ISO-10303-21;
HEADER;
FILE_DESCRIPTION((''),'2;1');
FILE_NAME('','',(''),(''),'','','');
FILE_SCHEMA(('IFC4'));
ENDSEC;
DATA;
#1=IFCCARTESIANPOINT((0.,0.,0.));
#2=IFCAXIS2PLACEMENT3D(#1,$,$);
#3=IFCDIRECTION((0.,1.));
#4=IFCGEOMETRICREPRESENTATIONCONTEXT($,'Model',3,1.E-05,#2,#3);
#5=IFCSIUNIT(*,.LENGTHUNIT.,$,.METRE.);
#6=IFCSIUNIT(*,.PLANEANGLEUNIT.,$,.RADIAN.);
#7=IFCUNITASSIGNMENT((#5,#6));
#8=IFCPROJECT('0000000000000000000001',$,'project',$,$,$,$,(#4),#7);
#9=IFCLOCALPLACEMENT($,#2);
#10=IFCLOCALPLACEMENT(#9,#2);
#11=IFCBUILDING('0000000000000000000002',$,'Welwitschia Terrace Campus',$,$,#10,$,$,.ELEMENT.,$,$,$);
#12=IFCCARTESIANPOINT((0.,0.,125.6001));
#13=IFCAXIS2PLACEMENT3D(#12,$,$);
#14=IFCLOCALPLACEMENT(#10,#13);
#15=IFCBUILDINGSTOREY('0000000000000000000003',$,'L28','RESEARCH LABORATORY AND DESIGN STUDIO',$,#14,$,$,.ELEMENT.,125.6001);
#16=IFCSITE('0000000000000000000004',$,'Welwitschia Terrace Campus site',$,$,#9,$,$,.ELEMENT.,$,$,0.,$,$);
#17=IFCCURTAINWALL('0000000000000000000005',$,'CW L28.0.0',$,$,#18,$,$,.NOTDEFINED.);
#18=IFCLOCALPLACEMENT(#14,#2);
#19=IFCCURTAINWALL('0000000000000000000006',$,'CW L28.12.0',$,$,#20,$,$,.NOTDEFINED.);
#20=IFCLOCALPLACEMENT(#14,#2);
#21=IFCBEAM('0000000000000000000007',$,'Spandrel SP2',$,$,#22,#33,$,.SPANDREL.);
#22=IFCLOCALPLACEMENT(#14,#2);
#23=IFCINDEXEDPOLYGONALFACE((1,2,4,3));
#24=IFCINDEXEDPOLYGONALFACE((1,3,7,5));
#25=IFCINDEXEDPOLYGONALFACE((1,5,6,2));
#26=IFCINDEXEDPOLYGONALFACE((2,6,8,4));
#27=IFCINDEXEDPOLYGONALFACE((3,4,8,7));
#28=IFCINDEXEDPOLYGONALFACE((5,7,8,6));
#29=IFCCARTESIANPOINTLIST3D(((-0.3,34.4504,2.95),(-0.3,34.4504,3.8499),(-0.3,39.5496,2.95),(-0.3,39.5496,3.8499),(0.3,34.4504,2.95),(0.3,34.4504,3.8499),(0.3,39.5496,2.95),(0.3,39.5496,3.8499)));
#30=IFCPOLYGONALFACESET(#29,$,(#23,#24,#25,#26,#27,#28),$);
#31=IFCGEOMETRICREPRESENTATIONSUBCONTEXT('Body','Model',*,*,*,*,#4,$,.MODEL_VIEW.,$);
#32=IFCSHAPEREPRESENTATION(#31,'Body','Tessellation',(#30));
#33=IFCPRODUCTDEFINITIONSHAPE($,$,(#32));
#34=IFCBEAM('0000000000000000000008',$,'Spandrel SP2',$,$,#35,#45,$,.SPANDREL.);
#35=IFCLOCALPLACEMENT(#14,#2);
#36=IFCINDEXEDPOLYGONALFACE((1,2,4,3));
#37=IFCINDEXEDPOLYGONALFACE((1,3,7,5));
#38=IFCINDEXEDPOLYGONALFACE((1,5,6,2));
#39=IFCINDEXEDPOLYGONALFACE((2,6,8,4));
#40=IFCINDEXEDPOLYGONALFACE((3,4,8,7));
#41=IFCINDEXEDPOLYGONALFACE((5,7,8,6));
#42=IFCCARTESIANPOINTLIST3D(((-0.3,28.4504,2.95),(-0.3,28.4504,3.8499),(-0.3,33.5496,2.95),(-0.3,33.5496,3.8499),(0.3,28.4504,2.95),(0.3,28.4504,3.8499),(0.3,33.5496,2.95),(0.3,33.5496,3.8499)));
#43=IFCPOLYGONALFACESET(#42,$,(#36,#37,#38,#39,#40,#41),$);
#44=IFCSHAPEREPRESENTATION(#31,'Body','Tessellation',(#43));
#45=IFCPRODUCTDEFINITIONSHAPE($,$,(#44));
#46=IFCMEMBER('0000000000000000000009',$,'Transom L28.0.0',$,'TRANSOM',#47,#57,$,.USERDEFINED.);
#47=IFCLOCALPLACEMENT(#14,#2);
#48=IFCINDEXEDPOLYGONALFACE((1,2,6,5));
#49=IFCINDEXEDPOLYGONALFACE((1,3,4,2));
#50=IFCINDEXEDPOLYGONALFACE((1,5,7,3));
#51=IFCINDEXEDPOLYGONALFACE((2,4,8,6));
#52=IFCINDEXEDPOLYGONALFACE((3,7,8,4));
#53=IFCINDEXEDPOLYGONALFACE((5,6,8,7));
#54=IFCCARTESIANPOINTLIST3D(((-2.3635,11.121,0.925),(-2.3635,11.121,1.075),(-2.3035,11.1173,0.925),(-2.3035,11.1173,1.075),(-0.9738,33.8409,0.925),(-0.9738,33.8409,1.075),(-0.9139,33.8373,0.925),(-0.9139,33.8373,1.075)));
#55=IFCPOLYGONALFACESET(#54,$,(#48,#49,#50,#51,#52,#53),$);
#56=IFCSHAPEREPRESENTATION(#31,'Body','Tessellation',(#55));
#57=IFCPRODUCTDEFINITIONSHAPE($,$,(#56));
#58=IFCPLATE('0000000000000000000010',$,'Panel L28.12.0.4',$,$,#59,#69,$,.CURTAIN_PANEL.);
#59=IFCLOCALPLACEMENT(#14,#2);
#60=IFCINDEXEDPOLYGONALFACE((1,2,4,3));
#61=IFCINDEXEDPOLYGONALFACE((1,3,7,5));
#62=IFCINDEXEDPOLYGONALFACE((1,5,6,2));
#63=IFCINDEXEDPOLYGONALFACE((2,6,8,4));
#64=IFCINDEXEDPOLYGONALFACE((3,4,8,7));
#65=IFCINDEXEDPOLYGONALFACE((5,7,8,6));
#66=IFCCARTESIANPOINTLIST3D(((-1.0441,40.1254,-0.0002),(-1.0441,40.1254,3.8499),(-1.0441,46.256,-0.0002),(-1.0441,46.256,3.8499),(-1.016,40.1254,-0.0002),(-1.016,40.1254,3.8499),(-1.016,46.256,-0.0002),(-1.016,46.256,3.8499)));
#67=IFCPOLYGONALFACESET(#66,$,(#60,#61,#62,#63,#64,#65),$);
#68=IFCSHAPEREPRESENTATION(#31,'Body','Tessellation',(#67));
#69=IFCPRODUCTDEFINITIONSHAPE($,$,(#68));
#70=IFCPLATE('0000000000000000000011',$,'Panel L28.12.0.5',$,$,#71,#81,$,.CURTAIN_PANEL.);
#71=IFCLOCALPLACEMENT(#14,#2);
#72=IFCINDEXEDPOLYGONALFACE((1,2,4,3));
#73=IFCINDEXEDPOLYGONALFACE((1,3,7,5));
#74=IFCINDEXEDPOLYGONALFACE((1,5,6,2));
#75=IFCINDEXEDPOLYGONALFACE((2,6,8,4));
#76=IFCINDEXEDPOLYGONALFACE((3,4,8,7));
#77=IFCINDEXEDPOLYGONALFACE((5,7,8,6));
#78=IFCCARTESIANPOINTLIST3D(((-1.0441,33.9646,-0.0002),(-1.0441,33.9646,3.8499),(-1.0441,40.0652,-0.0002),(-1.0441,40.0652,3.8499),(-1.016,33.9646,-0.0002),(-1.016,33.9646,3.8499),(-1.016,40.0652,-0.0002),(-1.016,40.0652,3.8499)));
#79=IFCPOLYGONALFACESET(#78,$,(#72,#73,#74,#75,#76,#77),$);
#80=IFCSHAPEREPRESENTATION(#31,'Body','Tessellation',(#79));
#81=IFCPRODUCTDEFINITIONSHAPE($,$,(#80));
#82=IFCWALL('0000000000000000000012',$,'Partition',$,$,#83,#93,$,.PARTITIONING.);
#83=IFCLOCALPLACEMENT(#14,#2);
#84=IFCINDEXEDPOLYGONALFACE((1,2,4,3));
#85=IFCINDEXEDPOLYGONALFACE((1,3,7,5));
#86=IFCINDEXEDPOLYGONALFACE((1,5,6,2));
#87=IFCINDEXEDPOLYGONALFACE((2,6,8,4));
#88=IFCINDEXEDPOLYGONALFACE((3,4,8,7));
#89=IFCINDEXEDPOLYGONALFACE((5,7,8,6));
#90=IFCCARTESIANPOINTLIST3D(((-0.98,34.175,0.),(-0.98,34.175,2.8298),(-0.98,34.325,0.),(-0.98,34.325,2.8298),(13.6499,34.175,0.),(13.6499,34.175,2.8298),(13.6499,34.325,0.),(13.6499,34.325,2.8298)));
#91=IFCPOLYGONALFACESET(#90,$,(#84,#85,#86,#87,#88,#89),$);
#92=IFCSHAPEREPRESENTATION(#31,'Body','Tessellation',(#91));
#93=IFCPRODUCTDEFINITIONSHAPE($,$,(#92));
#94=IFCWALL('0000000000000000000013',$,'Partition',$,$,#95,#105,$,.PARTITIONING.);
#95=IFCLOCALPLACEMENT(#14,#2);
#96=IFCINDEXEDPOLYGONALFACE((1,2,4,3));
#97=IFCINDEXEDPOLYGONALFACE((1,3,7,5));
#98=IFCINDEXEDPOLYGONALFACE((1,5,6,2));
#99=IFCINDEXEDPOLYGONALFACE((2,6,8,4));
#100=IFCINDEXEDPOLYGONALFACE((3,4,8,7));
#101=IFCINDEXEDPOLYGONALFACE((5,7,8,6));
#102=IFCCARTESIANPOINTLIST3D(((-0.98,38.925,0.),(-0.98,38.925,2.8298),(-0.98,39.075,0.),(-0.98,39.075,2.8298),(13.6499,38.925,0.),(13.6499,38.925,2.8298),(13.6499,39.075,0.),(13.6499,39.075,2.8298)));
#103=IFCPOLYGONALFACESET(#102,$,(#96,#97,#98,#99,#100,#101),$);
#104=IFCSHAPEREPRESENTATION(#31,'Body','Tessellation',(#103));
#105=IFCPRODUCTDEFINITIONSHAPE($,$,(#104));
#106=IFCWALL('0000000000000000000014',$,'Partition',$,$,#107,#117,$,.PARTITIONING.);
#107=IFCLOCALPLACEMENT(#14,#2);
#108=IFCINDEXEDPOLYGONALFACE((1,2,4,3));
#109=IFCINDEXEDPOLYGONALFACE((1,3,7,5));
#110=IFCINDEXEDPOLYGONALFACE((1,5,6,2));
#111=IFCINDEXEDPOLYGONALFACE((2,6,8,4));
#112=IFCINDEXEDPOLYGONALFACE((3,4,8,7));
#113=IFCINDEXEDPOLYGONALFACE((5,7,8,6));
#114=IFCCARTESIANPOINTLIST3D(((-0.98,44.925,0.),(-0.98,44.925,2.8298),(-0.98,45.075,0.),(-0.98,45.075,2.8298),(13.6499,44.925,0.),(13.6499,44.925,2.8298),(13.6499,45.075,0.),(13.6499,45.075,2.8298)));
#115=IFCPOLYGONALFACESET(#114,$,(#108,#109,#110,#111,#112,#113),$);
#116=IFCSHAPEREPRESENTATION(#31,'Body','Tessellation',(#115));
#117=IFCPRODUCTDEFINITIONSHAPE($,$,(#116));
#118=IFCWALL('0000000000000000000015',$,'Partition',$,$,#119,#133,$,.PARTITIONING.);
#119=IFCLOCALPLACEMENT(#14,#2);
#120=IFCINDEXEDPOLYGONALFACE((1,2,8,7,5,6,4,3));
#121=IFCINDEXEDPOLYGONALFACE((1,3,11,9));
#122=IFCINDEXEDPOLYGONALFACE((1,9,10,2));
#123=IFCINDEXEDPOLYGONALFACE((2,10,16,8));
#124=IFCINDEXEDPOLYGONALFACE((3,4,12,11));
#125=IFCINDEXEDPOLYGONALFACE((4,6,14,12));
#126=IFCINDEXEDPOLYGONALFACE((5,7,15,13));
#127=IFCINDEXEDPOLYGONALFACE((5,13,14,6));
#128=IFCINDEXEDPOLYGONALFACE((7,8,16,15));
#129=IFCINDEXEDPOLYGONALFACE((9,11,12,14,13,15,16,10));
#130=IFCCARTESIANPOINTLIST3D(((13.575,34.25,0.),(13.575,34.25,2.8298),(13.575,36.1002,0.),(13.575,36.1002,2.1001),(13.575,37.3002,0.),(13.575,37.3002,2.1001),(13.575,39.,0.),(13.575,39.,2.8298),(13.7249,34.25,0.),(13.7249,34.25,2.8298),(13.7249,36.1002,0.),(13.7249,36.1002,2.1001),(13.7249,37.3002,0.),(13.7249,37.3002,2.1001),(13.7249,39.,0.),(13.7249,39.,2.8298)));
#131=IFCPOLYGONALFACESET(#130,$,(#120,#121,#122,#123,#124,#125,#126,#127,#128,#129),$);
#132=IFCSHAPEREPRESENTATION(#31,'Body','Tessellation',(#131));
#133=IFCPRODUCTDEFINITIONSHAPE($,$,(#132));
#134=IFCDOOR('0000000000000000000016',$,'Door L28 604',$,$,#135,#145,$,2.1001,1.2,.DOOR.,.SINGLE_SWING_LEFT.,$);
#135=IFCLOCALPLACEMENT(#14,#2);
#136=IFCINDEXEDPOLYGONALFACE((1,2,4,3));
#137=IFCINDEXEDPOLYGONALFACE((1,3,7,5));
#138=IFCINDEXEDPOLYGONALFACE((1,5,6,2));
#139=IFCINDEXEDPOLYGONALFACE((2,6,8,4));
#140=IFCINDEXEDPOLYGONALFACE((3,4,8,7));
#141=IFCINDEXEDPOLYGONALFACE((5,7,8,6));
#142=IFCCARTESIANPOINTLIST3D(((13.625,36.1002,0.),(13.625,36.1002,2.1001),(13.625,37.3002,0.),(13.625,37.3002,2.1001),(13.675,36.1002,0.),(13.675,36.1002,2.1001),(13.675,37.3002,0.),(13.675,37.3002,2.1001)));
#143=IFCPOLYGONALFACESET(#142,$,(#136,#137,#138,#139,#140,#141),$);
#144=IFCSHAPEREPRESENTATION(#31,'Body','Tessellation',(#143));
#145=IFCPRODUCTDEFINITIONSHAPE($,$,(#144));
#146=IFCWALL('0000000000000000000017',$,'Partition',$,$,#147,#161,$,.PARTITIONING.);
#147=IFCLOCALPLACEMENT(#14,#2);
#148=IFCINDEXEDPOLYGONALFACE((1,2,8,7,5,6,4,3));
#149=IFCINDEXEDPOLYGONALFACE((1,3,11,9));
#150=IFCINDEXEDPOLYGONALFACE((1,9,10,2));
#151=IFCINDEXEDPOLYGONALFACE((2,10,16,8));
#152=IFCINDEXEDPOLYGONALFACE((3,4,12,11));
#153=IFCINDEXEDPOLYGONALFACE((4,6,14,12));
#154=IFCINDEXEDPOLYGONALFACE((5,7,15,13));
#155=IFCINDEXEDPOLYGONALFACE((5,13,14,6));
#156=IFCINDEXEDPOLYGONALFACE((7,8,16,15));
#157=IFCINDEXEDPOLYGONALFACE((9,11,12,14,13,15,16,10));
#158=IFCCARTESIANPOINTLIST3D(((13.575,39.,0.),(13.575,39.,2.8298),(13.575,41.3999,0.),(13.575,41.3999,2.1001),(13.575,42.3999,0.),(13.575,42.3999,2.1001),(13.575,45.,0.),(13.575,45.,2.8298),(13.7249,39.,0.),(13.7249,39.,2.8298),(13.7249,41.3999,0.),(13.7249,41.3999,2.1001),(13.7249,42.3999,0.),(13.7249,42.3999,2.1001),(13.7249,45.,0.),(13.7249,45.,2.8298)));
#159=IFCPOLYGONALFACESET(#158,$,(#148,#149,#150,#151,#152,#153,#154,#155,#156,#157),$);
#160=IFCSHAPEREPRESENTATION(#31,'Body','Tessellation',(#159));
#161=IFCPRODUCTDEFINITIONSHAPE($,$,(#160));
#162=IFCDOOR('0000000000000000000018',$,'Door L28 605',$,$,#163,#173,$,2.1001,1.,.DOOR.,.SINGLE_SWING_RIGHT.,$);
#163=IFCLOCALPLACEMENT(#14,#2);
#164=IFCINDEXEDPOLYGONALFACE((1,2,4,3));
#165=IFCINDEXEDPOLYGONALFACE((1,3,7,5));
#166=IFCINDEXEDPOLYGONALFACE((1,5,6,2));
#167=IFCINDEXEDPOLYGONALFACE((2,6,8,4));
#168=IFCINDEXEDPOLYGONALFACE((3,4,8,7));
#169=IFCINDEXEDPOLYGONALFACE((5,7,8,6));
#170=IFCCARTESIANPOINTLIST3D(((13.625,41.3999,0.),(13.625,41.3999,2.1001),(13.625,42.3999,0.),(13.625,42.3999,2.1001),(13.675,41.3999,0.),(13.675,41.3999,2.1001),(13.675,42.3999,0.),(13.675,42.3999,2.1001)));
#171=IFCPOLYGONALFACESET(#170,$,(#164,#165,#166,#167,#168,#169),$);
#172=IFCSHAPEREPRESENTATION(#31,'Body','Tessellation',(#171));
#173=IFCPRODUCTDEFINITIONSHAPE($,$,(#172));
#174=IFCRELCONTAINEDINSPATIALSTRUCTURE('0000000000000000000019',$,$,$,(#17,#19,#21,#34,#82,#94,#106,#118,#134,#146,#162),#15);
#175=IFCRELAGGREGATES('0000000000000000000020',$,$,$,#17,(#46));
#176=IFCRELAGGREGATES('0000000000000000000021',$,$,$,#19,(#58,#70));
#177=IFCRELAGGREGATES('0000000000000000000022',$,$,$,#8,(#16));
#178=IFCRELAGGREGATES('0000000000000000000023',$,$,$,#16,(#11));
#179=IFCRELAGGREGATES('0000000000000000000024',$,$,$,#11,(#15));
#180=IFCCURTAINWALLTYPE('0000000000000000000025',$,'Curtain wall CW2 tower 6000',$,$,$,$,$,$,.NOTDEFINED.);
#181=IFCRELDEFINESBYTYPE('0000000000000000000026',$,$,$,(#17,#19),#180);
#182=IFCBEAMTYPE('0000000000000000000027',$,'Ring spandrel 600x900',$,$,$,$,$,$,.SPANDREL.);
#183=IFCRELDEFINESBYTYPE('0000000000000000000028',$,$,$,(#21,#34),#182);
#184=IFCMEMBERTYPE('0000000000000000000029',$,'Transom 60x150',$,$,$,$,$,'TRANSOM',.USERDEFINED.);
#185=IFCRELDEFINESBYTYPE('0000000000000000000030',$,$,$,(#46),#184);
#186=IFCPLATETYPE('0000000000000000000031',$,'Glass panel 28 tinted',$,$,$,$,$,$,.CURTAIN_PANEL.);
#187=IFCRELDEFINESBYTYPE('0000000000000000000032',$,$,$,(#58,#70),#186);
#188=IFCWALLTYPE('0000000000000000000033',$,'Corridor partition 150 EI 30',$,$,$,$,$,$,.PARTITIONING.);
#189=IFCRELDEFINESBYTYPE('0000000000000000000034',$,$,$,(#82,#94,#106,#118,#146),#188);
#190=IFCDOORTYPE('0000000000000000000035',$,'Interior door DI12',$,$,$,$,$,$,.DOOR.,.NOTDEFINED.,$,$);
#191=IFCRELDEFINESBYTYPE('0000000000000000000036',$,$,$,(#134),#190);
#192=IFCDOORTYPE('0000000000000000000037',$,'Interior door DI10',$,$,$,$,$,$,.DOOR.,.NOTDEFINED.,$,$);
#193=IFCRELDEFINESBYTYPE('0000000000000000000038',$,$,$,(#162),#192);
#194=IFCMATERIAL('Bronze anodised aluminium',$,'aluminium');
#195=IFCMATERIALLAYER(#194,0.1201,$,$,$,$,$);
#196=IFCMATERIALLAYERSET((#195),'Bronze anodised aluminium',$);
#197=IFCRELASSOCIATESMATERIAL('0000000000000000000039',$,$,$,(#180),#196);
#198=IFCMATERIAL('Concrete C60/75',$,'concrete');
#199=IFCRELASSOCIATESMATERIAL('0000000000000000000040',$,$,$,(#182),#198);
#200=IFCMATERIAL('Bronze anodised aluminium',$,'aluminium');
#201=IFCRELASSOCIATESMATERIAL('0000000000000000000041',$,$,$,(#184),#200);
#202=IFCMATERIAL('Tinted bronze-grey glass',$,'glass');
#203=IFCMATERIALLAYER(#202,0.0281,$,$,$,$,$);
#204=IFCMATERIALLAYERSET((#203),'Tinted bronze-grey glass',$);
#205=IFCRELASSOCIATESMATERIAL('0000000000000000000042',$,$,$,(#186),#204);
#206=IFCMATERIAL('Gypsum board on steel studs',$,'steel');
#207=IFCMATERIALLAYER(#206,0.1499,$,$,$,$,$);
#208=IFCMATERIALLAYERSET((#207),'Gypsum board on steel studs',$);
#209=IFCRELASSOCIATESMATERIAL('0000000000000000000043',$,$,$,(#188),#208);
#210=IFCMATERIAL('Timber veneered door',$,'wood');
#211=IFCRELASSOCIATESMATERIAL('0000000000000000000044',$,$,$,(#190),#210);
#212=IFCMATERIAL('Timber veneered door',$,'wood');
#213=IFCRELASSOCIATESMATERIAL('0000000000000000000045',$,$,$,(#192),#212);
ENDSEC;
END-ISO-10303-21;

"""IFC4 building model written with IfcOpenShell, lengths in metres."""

from ifc_helpers import new_model, si_unit, direction, frame, frame_2d, origin, origin_2d, place, context, subcontext, project, spatial, rectangle, extrude, material, layer, layer_set, material_profile, profile_set, type_object, element, fill, aggregate, save


model = new_model("IFC4")

# Units and contexts
model_context = context("Model", 3, precision=1e-05, world=origin(), true_north=direction((0.0, 1.0)))
body_context = subcontext(model_context, "Body", "Model", "MODEL_VIEW")
ifc_project = project(units=[si_unit("LENGTHUNIT", "METRE"), si_unit("PLANEANGLEUNIT", "RADIAN")], contexts=[model_context])

# Site, building, storey
site_placement = place(None, origin())
site = spatial("IfcSite", under=ifc_project, at=site_placement, Name="Welwitschia Terrace Campus site", CompositionType="ELEMENT", RefElevation=0.0)
building_placement = place(site_placement, origin())
building = spatial("IfcBuilding", under=site, at=building_placement, Name="Welwitschia Terrace Campus", CompositionType="ELEMENT")
storey_placement = place(building_placement, frame((0.0, 0.0, 125.6001)))
storey = spatial("IfcBuildingStorey", under=building, at=storey_placement, Name="L28", Description="RESEARCH LABORATORY AND DESIGN STUDIO", CompositionType="ELEMENT", Elevation=125.6001)

# Curtain wall
ifc_material_1 = material(Name="Bronze anodised aluminium", Category="aluminium")
ifc_layer_1 = layer(ifc_material_1, 0.1201)
ifc_layer_set_1 = layer_set([ifc_layer_1], Name="Bronze anodised aluminium")
curtain_wall_type = type_object("IfcCurtainWallType", Name="Curtain wall CW2 tower 6000", PredefinedType="NOTDEFINED", material=ifc_layer_set_1)
curtain_wall_1_placement = place(storey_placement, origin())
curtain_wall_1 = element("IfcCurtainWall", 1, at=curtain_wall_1_placement, inside=storey, type_object=curtain_wall_type, Name="CW L28.0.0", PredefinedType="NOTDEFINED")

# Curtain wall
curtain_wall_2_placement = place(storey_placement, origin())
curtain_wall_2 = element("IfcCurtainWall", 2, at=curtain_wall_2_placement, inside=storey, type_object=curtain_wall_type, Name="CW L28.12.0", PredefinedType="NOTDEFINED")

# Beams
ifc_material_2 = material(Name="Concrete C60/75", Category="concrete")
ifc_material_profile_1 = material_profile(ifc_material_2, rectangle(XDim=0.6001, YDim=0.8999, at=origin_2d()))
ifc_profile_set_1 = profile_set([ifc_material_profile_1], Name="Concrete C60/75")
beam_type_1 = type_object("IfcBeamType", Name="Ring spandrel 600x900", PredefinedType="SPANDREL", material=ifc_profile_set_1)
for number, where, z_axis, x_axis, name in (
    (3, (0.0, 39.5496, 3.3999), (0.0, -1.0, 0.0), (1.0, 0.0, 0.0), "Spandrel SP2"),
    (4, (0.0, 33.5496, 3.3999), (0.0, -1.0, 0.0), (1.0, 0.0, 0.0), "Spandrel SP2"),
):
    element("IfcBeam", number, at=place(storey_placement, frame(where, z_axis=z_axis, x_axis=x_axis)), inside=storey, type_object=beam_type_1, Name=name, PredefinedType="SPANDREL", context=body_context, shape_type="SweptSolid", body=[
        extrude(rectangle(XDim=0.6001, YDim=0.8999, at=origin_2d()), origin(), (0.0, 0.0, 1.0), 5.0991),
    ])

# Member
ifc_material_3 = material(Name="Bronze anodised aluminium", Category="aluminium")
ifc_material_profile_2 = material_profile(ifc_material_3, rectangle(XDim=0.0601, YDim=0.1499, at=origin_2d()))
ifc_profile_set_2 = profile_set([ifc_material_profile_2], Name="Bronze anodised aluminium")
member_type_1 = type_object("IfcMemberType", Name="Transom 60x150", ElementType="TRANSOM", PredefinedType="USERDEFINED", material=ifc_profile_set_2)
member_1_placement = place(storey_placement, frame((-0.9438, 33.8391, 1.0), z_axis=(-0.06105, -0.998135, 0.0), x_axis=(0.998135, -0.06105, 0.0)))
member_1 = element("IfcMember", 5, at=member_1_placement, type_object=member_type_1, Name="Transom L28.0.0", ObjectType="TRANSOM", PredefinedType="USERDEFINED", context=body_context, shape_type="SweptSolid", body=[
    extrude(rectangle(XDim=0.0601, YDim=0.1499, at=origin_2d()), origin(), (0.0, 0.0, 1.0), 22.7625),
])
aggregate(curtain_wall_1, [member_1])

# Plates
ifc_material_4 = material(Name="Tinted bronze-grey glass", Category="glass")
ifc_layer_2 = layer(ifc_material_4, 0.0281)
ifc_layer_set_2 = layer_set([ifc_layer_2], Name="Tinted bronze-grey glass")
plate_type = type_object("IfcPlateType", Name="Glass panel 28 tinted", PredefinedType="CURTAIN_PANEL", material=ifc_layer_set_2)
plate_1_placement = place(storey_placement, frame((-1.03, 43.1907, -0.0002), z_axis=(0.0, 0.0, 1.0), x_axis=(0.0, -1.0, 0.0)))
plate_1 = element("IfcPlate", 6, at=plate_1_placement, type_object=plate_type, Name="Panel L28.12.0.4", PredefinedType="CURTAIN_PANEL", context=body_context, shape_type="SweptSolid", body=[
    extrude(rectangle(XDim=6.1306, YDim=0.0281, at=origin_2d()), origin(), (0.0, 0.0, 1.0), 3.8501),
])
plate_2_placement = place(storey_placement, frame((-1.03, 37.0149, -0.0002), z_axis=(0.0, 0.0, 1.0), x_axis=(0.0, -1.0, 0.0)))
plate_2 = element("IfcPlate", 7, at=plate_2_placement, type_object=plate_type, Name="Panel L28.12.0.5", PredefinedType="CURTAIN_PANEL", context=body_context, shape_type="SweptSolid", body=[
    extrude(rectangle(XDim=6.1006, YDim=0.0281, at=origin_2d()), origin(), (0.0, 0.0, 1.0), 3.8501),
])
aggregate(curtain_wall_2, [plate_1, plate_2])

# Walls
ifc_material_5 = material(Name="Gypsum board on steel studs", Category="steel")
ifc_layer_3 = layer(ifc_material_5, 0.1499)
ifc_layer_set_3 = layer_set([ifc_layer_3], Name="Gypsum board on steel studs")
wall_type = type_object("IfcWallType", Name="Corridor partition 150 EI 30", PredefinedType="PARTITIONING", material=ifc_layer_set_3)
for number, where, z_axis, x_axis, name in (
    (8, (-0.98, 34.25, 0.0), (0.0, 0.0, 1.0), (1.0, 0.0, 0.0), "Partition"),
    (9, (-0.98, 39.0, 0.0), (0.0, 0.0, 1.0), (1.0, 0.0, 0.0), "Partition"),
    (10, (-0.98, 45.0, 0.0), (0.0, 0.0, 1.0), (1.0, 0.0, 0.0), "Partition"),
):
    element("IfcWall", number, at=place(storey_placement, frame(where, z_axis=z_axis, x_axis=x_axis)), inside=storey, type_object=wall_type, Name=name, PredefinedType="PARTITIONING", context=body_context, shape_type="SweptSolid", body=[
        extrude(rectangle(XDim=14.6299, YDim=0.1499, at=frame_2d((7.3149, 0.0))), origin(), (0.0, 0.0, 1.0), 2.8298),
    ])

# Walls, openings, doors
wall_1_placement = place(storey_placement, frame((13.6499, 34.25, 0.0), z_axis=(0.0, 0.0, 1.0), x_axis=(0.0, 1.0, 0.0)))
wall_1 = element("IfcWall", 11, at=wall_1_placement, inside=storey, type_object=wall_type, Name="Partition", PredefinedType="PARTITIONING", context=body_context, shape_type="SweptSolid", body=[
    extrude(rectangle(XDim=4.75, YDim=0.1499, at=frame_2d((2.375, 0.0))), origin(), (0.0, 0.0, 1.0), 2.8298),
])
opening_1_placement = place(wall_1_placement, frame((1.8501, 0.0, 0.0)))
opening_1 = element("IfcOpeningElement", 12, at=opening_1_placement, cuts=wall_1, PredefinedType="OPENING", context=body_context, shape_type="SweptSolid", body=[
    extrude(rectangle(XDim=1.2, YDim=2.1001, at=frame_2d((0.6001, 1.05))), frame((0.0, 0.085, 0.0), z_axis=(0.0, -1.0, 0.0), x_axis=(1.0, 0.0, 0.0)), (0.0, 0.0, 1.0), 0.1699),
])
ifc_material_6 = material(Name="Timber veneered door", Category="wood")
door_type_1 = type_object("IfcDoorType", Name="Interior door DI12", OperationType="NOTDEFINED", PredefinedType="DOOR", material=ifc_material_6)
door_1_placement = place(opening_1_placement, origin())
door_1 = element("IfcDoor", 13, at=door_1_placement, inside=storey, type_object=door_type_1, Name="Door L28 604", OperationType="SINGLE_SWING_LEFT", OverallHeight=2.1001, OverallWidth=1.2, PredefinedType="DOOR", context=body_context, shape_type="SweptSolid", body=[
    extrude(rectangle(XDim=1.2, YDim=2.1001, at=frame_2d((0.6001, 1.05))), frame((0.0, 0.0249, 0.0), z_axis=(0.0, -1.0, 0.0), x_axis=(1.0, 0.0, 0.0)), (0.0, 0.0, 1.0), 0.05),
])
fill(opening_1, door_1)
wall_2_placement = place(storey_placement, frame((13.6499, 39.0, 0.0), z_axis=(0.0, 0.0, 1.0), x_axis=(0.0, 1.0, 0.0)))
wall_2 = element("IfcWall", 14, at=wall_2_placement, inside=storey, type_object=wall_type, Name="Partition", PredefinedType="PARTITIONING", context=body_context, shape_type="SweptSolid", body=[
    extrude(rectangle(XDim=6.0, YDim=0.1499, at=frame_2d((3.0, 0.0))), origin(), (0.0, 0.0, 1.0), 2.8298),
])
opening_2_placement = place(wall_2_placement, frame((2.3999, 0.0, 0.0)))
opening_2 = element("IfcOpeningElement", 15, at=opening_2_placement, cuts=wall_2, PredefinedType="OPENING", context=body_context, shape_type="SweptSolid", body=[
    extrude(rectangle(XDim=1.0, YDim=2.1001, at=frame_2d((0.5, 1.05))), frame((0.0, 0.085, 0.0), z_axis=(0.0, -1.0, 0.0), x_axis=(1.0, 0.0, 0.0)), (0.0, 0.0, 1.0), 0.1699),
])
ifc_material_7 = material(Name="Timber veneered door", Category="wood")
door_type_2 = type_object("IfcDoorType", Name="Interior door DI10", OperationType="NOTDEFINED", PredefinedType="DOOR", material=ifc_material_7)
door_2_placement = place(opening_2_placement, origin())
door_2 = element("IfcDoor", 16, at=door_2_placement, inside=storey, type_object=door_type_2, Name="Door L28 605", OperationType="SINGLE_SWING_RIGHT", OverallHeight=2.1001, OverallWidth=1.0, PredefinedType="DOOR", context=body_context, shape_type="SweptSolid", body=[
    extrude(rectangle(XDim=1.0, YDim=2.1001, at=frame_2d((0.5, 1.05))), frame((0.0, 0.0249, 0.0), z_axis=(0.0, -1.0, 0.0), x_axis=(1.0, 0.0, 0.0)), (0.0, 0.0, 1.0), 0.05),
])
fill(opening_2, door_2)

save(model, "model.ifc")
